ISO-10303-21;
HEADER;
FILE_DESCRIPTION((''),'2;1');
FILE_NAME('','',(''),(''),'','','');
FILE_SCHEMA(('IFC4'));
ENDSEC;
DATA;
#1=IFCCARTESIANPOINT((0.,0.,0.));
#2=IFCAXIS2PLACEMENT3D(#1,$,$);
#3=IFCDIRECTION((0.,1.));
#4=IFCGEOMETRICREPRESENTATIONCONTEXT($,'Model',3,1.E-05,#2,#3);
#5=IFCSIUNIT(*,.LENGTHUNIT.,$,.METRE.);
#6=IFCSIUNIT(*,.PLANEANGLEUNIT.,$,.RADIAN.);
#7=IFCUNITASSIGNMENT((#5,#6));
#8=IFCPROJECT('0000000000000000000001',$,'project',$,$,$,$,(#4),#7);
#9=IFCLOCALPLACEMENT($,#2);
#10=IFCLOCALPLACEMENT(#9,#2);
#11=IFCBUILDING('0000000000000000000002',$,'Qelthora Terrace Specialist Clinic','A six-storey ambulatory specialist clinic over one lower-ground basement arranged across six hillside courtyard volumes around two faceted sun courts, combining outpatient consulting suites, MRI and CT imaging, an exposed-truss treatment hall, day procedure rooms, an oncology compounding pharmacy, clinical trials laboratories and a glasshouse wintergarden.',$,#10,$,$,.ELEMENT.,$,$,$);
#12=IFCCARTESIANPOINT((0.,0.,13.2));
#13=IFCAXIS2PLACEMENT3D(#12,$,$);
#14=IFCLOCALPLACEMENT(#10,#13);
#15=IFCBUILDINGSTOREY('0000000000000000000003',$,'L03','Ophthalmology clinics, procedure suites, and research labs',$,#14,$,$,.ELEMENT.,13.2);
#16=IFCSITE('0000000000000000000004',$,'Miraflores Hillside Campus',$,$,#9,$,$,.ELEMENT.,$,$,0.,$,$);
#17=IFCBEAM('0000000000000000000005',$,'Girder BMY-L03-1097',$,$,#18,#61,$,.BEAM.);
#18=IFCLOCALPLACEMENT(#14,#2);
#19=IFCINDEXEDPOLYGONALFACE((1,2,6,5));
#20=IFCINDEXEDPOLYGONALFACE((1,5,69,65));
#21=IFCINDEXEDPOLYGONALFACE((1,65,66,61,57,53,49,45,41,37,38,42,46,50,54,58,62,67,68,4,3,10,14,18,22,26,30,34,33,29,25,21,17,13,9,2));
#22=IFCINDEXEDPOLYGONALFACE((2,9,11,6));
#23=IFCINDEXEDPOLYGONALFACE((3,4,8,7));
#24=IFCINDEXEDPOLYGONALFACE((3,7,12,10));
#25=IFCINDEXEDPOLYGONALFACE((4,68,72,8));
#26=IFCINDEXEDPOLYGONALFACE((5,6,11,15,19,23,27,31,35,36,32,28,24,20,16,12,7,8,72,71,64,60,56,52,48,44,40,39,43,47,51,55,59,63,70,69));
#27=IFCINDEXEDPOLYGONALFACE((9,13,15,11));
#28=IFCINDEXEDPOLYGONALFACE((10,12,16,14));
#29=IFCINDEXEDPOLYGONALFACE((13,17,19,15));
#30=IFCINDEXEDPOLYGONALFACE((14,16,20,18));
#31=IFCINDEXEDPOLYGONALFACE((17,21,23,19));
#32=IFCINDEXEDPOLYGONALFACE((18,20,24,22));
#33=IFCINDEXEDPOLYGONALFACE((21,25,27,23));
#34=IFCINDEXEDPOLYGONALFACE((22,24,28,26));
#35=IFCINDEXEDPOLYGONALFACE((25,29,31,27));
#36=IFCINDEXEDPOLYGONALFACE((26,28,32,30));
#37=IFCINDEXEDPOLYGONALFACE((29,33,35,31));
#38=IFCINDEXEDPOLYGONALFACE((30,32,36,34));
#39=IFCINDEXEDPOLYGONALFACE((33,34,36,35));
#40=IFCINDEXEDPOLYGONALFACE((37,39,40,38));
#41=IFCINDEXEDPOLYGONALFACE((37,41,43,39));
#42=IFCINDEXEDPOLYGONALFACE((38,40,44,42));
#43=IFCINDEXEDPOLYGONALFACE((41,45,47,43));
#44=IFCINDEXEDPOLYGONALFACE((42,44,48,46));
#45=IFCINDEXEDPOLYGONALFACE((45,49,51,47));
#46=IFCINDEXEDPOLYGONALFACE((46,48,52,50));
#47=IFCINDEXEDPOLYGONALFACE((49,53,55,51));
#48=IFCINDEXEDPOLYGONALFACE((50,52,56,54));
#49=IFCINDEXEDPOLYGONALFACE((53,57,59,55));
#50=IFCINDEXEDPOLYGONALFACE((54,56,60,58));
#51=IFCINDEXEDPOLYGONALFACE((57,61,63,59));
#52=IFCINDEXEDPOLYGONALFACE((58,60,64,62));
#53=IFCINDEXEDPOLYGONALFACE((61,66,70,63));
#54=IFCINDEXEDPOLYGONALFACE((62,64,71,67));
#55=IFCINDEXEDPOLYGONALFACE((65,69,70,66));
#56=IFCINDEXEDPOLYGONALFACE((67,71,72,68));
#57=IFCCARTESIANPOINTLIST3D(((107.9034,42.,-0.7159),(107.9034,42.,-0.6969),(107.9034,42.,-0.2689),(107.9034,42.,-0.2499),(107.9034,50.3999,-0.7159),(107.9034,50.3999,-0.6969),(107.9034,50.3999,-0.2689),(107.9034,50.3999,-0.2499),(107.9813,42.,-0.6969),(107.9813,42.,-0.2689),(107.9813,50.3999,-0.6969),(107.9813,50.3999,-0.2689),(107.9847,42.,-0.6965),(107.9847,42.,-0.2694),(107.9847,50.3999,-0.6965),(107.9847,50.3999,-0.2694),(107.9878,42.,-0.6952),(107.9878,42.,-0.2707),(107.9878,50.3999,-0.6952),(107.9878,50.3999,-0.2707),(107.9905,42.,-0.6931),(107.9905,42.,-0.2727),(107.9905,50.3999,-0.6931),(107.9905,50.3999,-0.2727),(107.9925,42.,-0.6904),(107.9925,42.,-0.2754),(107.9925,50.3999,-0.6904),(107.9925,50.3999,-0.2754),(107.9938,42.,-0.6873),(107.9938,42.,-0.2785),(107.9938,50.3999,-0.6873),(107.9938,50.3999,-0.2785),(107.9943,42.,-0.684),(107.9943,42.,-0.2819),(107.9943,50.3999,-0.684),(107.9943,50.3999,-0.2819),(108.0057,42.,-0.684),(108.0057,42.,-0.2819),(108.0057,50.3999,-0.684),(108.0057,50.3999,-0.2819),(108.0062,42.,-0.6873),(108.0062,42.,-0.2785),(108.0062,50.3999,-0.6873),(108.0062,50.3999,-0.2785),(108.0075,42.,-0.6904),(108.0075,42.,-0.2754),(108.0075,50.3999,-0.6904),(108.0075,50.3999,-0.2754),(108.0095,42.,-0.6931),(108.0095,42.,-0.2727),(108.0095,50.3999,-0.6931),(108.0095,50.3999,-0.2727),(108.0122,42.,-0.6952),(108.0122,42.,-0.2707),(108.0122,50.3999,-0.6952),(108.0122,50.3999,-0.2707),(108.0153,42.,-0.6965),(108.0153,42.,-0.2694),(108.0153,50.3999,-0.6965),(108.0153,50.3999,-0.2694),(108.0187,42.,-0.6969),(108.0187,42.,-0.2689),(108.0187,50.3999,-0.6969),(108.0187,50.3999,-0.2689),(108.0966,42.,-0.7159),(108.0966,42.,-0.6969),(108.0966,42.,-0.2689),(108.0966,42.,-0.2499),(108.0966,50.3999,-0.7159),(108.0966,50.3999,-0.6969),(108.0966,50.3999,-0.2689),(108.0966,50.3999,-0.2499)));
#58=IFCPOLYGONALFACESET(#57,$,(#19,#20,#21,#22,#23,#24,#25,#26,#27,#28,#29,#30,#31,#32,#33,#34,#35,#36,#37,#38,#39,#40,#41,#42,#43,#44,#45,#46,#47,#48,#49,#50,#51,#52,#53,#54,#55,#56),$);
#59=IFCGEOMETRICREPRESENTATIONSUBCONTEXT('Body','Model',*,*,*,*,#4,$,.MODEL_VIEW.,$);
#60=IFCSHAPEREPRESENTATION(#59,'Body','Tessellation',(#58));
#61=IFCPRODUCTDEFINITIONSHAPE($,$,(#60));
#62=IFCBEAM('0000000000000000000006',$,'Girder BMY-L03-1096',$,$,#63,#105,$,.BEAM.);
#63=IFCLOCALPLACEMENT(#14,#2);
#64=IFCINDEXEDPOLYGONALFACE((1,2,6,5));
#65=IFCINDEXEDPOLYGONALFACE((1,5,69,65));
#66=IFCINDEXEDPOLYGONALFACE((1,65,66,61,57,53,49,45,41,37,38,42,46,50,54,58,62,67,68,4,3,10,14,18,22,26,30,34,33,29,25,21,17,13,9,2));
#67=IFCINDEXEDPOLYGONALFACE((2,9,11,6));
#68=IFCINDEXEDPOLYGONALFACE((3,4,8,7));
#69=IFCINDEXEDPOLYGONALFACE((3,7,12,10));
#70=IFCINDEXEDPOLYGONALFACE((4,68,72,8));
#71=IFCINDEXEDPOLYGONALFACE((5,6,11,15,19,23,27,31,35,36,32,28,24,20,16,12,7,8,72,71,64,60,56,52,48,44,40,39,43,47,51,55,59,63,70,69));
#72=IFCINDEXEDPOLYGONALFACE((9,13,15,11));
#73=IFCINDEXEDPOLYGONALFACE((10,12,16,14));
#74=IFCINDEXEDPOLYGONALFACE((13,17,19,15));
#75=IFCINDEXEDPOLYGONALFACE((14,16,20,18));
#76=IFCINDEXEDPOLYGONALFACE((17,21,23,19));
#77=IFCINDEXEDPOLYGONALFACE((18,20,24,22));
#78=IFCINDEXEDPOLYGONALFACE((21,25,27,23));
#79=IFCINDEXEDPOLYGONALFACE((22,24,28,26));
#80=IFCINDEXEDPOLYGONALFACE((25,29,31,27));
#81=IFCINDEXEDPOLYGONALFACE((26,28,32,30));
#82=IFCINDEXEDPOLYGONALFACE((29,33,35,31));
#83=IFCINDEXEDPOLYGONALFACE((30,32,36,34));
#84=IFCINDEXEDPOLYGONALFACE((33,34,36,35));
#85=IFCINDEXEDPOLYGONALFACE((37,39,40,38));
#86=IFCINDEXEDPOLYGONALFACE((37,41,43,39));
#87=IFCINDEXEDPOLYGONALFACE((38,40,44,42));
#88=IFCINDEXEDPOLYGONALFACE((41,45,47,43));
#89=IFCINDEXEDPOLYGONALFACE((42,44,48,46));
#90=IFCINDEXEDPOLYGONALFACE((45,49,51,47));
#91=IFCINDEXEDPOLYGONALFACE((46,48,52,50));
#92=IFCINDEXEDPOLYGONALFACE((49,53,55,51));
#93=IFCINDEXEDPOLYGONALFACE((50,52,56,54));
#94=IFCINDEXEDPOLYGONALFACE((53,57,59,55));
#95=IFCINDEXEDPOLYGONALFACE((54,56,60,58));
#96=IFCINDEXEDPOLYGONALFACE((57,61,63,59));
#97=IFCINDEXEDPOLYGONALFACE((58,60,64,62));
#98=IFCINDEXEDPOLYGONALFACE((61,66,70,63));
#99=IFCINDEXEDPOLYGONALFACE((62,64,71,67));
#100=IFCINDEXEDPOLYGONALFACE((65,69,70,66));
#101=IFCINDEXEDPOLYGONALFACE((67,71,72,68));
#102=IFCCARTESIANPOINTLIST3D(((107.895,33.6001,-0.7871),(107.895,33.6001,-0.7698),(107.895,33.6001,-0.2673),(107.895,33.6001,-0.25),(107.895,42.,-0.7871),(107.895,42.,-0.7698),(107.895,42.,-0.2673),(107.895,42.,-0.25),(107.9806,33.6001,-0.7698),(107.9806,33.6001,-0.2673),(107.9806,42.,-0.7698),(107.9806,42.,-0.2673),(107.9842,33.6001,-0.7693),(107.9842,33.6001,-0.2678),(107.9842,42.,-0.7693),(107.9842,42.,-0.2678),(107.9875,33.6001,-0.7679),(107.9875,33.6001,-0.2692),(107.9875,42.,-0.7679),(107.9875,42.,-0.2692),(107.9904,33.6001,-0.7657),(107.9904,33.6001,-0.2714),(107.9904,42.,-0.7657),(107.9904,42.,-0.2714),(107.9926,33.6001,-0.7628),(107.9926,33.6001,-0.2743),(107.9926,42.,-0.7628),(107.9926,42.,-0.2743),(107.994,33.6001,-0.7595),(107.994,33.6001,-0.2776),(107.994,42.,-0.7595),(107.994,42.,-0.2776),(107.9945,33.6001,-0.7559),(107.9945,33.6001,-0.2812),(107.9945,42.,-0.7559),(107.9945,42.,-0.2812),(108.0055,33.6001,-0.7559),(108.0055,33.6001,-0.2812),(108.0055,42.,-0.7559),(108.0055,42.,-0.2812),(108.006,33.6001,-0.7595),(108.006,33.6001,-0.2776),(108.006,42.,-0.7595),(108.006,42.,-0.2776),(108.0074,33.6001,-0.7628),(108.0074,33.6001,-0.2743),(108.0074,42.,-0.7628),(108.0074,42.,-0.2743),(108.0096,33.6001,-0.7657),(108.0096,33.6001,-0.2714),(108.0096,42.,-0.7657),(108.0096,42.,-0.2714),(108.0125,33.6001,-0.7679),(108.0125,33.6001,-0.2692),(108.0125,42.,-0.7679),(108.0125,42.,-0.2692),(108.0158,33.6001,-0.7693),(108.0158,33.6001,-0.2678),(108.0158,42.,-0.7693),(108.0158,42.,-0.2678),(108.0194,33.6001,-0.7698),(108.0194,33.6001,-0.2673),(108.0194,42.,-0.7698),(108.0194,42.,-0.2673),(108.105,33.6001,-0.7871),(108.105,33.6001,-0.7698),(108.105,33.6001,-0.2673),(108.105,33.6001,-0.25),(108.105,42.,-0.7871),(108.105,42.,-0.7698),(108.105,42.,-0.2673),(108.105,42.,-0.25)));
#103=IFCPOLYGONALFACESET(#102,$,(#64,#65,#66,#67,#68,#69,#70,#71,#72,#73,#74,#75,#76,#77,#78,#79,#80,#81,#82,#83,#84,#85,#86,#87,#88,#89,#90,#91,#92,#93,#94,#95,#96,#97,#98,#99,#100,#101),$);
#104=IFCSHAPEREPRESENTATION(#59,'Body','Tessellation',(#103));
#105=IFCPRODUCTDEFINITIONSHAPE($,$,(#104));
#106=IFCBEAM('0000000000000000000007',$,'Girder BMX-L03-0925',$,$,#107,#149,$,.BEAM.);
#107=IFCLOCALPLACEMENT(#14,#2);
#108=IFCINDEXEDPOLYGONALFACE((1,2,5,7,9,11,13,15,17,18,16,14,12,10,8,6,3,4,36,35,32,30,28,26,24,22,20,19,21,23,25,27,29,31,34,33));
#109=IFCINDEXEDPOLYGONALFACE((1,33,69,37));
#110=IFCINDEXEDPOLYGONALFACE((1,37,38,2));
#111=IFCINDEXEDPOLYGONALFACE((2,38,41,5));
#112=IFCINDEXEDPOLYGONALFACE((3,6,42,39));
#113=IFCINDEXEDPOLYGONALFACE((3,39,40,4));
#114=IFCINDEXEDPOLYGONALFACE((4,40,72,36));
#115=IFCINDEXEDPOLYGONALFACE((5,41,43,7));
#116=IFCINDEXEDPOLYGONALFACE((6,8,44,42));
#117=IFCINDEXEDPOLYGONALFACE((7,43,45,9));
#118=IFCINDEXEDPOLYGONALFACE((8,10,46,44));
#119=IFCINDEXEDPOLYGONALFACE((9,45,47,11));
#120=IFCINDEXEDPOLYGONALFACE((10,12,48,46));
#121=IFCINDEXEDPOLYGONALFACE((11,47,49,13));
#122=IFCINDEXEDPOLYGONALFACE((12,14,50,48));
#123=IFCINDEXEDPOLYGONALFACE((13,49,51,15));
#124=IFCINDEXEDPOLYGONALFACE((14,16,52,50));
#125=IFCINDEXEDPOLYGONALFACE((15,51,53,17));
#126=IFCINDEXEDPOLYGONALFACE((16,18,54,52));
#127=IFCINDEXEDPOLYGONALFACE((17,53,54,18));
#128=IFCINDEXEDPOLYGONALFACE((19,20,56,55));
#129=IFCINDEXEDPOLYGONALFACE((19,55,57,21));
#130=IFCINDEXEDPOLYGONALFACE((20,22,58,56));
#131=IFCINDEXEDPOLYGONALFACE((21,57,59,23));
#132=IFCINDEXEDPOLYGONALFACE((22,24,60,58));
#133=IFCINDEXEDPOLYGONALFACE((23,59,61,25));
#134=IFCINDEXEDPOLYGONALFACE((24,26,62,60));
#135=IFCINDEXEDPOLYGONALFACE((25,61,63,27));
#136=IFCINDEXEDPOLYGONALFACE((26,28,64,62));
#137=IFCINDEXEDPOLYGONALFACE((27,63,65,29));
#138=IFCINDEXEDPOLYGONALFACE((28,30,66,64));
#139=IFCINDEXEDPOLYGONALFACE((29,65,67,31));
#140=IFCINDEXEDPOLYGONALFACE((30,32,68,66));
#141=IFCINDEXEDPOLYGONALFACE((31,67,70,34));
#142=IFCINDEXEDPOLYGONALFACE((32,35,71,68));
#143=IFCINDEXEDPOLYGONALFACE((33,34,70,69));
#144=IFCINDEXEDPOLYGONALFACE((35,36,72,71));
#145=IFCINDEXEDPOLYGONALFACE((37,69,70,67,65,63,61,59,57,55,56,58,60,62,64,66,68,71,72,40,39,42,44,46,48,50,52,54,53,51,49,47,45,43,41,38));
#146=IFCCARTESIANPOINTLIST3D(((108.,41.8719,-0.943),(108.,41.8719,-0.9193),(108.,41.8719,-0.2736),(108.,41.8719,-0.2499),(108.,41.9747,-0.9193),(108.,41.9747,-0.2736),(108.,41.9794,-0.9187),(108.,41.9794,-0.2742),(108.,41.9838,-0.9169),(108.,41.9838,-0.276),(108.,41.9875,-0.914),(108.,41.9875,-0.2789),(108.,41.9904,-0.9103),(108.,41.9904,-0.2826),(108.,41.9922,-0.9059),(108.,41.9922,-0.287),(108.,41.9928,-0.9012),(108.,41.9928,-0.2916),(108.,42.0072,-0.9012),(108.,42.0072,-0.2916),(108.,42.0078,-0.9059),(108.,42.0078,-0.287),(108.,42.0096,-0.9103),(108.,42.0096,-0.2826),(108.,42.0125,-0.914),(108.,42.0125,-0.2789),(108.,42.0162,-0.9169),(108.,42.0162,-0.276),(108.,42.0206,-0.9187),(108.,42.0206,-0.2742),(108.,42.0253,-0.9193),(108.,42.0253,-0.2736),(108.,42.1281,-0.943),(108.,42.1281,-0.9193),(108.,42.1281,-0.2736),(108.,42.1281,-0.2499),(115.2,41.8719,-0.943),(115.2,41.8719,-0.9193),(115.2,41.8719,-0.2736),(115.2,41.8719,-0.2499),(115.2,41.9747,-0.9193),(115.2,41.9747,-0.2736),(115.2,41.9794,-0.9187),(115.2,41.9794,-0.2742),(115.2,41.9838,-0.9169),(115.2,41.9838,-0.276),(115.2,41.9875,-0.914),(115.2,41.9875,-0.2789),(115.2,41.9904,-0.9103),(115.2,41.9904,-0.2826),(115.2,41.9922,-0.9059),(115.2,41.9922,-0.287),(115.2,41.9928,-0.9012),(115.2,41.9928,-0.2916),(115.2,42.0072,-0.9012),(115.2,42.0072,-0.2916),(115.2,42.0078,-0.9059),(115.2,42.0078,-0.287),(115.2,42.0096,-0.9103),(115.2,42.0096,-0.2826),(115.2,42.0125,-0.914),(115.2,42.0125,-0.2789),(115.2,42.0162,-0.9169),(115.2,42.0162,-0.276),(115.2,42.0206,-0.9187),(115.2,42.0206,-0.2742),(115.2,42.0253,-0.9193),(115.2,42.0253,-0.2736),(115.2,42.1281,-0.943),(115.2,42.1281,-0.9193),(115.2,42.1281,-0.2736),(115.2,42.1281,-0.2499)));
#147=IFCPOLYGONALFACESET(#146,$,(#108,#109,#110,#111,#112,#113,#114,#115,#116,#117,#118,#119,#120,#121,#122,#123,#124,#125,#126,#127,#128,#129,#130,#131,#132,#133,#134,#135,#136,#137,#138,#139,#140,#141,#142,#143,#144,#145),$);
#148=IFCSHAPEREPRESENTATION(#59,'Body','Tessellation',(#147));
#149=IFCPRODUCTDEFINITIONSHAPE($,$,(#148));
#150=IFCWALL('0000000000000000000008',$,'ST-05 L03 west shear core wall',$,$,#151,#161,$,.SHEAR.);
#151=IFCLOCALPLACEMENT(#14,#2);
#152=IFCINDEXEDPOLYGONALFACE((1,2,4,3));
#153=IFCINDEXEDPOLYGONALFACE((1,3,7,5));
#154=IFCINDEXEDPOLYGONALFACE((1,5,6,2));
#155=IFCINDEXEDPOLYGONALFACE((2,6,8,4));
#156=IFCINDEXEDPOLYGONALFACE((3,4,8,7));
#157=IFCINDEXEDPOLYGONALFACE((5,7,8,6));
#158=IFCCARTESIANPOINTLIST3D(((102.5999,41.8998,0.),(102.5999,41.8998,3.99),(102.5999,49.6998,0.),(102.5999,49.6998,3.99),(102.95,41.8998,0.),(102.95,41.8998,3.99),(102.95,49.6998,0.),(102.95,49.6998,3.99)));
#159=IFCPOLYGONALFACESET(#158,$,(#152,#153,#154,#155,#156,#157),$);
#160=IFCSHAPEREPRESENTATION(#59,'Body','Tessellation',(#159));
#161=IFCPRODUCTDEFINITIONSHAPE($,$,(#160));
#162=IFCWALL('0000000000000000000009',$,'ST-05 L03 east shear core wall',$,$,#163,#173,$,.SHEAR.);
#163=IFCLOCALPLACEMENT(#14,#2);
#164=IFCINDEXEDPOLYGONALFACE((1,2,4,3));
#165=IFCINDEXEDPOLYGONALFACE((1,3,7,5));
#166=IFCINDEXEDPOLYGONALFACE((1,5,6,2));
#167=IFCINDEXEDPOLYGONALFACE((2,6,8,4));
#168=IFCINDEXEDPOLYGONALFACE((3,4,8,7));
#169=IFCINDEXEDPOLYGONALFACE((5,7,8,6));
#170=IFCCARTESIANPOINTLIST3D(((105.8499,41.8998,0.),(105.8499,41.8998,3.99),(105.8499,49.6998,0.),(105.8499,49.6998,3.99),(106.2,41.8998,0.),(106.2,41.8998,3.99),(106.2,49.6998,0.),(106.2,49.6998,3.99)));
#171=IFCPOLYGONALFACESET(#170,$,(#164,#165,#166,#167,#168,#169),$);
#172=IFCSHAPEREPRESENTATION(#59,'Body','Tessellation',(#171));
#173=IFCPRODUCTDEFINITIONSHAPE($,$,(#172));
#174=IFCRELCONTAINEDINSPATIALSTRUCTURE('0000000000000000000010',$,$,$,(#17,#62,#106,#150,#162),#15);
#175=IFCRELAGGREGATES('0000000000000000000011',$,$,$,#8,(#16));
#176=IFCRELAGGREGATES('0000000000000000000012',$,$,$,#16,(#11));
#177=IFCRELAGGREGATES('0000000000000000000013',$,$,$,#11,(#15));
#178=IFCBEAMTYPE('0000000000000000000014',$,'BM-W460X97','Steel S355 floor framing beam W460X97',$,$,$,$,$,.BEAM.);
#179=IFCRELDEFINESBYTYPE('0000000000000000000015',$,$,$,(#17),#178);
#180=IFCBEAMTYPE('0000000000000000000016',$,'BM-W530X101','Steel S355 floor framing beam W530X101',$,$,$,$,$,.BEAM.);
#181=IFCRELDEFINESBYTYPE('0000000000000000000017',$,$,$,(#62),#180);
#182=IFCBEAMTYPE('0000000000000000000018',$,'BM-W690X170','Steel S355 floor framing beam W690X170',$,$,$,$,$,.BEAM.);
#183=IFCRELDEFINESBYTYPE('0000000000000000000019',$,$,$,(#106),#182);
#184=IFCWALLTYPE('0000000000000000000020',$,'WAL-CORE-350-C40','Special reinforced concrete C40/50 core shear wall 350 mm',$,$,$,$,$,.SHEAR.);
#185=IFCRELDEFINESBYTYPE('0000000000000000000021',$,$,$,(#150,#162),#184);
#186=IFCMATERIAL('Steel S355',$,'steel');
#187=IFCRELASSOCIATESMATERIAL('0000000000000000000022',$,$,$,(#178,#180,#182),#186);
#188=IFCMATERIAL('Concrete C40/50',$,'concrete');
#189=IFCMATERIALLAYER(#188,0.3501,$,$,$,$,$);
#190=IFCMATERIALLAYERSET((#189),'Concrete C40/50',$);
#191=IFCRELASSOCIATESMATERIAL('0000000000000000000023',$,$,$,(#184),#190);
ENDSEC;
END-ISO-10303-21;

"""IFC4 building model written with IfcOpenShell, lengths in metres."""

from ifc_helpers import new_model, si_unit, direction, frame, frame_2d, origin, origin_2d, place, context, subcontext, project, spatial, rectangle, i_section, extrude, material, layer, layer_set, material_profile, profile_set, type_object, element, save


model = new_model("IFC4")

# Units and contexts
model_context = context("Model", 3, precision=1e-05, world=origin(), true_north=direction((0.0, 1.0)))
body_context = subcontext(model_context, "Body", "Model", "MODEL_VIEW")
ifc_project = project(units=[si_unit("LENGTHUNIT", "METRE"), si_unit("PLANEANGLEUNIT", "RADIAN")], contexts=[model_context])

# Site, building, storey
site_placement = place(None, origin())
site = spatial("IfcSite", under=ifc_project, at=site_placement, Name="Miraflores Hillside Campus", CompositionType="ELEMENT", RefElevation=0.0)
building_placement = place(site_placement, origin())
building = spatial("IfcBuilding", under=site, at=building_placement, Name="Qelthora Terrace Specialist Clinic", Description="A six-storey ambulatory specialist clinic over one lower-ground basement arranged across six hillside courtyard volumes around two faceted sun courts, combining outpatient consulting suites, MRI and CT imaging, an exposed-truss treatment hall, day procedure rooms, an oncology compounding pharmacy, clinical trials laboratories and a glasshouse wintergarden.", CompositionType="ELEMENT")
storey_placement = place(building_placement, frame((0.0, 0.0, 13.2)))
storey = spatial("IfcBuildingStorey", under=building, at=storey_placement, Name="L03", Description="Ophthalmology clinics, procedure suites, and research labs", CompositionType="ELEMENT", Elevation=13.2)

# Shared definitions
ifc_material_1 = material(Name="Steel S355", Category="steel")

# Beams
ifc_material_profile_1 = material_profile(ifc_material_1, i_section(OverallWidth=0.1931, OverallDepth=0.4661, WebThickness=0.0115, FlangeThickness=0.019, FilletRadius=0.0129, at=origin_2d()), Name="W460X97")
ifc_profile_set_1 = profile_set([ifc_material_profile_1], Name="Steel S355")
beam_type_1 = type_object("IfcBeamType", Name="BM-W460X97", Description="Steel S355 floor framing beam W460X97", PredefinedType="BEAM", material=ifc_profile_set_1)
beam_1_placement = place(storey_placement, frame((108.0, 42.0, -0.4829), z_axis=(0.0, 1.0, 0.0), x_axis=(-1.0, 0.0, 0.0)))
element("IfcBeam", 1, at=beam_1_placement, inside=storey, type_object=beam_type_1, Name="Girder BMY-L03-1097", PredefinedType="BEAM", context=body_context, shape_type="SweptSolid", body=[
    extrude(i_section(OverallWidth=0.1931, OverallDepth=0.4661, WebThickness=0.0115, FlangeThickness=0.019, FilletRadius=0.0129, at=origin_2d()), origin(), (0.0, 0.0, 1.0), 8.3999),
])
ifc_material_profile_2 = material_profile(ifc_material_1, i_section(OverallWidth=0.21, OverallDepth=0.5371, WebThickness=0.011, FlangeThickness=0.0173, FilletRadius=0.0139, at=origin_2d()), Name="W530X101")
ifc_profile_set_2 = profile_set([ifc_material_profile_2], Name="Steel S355")
beam_type_2 = type_object("IfcBeamType", Name="BM-W530X101", Description="Steel S355 floor framing beam W530X101", PredefinedType="BEAM", material=ifc_profile_set_2)
beam_2_placement = place(storey_placement, frame((108.0, 33.6001, -0.5186), z_axis=(0.0, 1.0, 0.0), x_axis=(-1.0, 0.0, 0.0)))
element("IfcBeam", 2, at=beam_2_placement, inside=storey, type_object=beam_type_2, Name="Girder BMY-L03-1096", PredefinedType="BEAM", context=body_context, shape_type="SweptSolid", body=[
    extrude(i_section(OverallWidth=0.21, OverallDepth=0.5371, WebThickness=0.011, FlangeThickness=0.0173, FilletRadius=0.0139, at=origin_2d()), origin(), (0.0, 0.0, 1.0), 8.3999),
])
ifc_material_profile_3 = material_profile(ifc_material_1, i_section(OverallWidth=0.2561, OverallDepth=0.6931, WebThickness=0.0144, FlangeThickness=0.0237, FilletRadius=0.0181, at=origin_2d()), Name="W690X170")
ifc_profile_set_3 = profile_set([ifc_material_profile_3], Name="Steel S355")
beam_type_3 = type_object("IfcBeamType", Name="BM-W690X170", Description="Steel S355 floor framing beam W690X170", PredefinedType="BEAM", material=ifc_profile_set_3)
beam_3_placement = place(storey_placement, frame((108.0, 42.0, -0.5964), z_axis=(1.0, 0.0, 0.0), x_axis=(0.0, 1.0, 0.0)))
element("IfcBeam", 3, at=beam_3_placement, inside=storey, type_object=beam_type_3, Name="Girder BMX-L03-0925", PredefinedType="BEAM", context=body_context, shape_type="SweptSolid", body=[
    extrude(i_section(OverallWidth=0.2561, OverallDepth=0.6931, WebThickness=0.0144, FlangeThickness=0.0237, FilletRadius=0.0181, at=origin_2d()), origin(), (0.0, 0.0, 1.0), 7.2),
])

# Walls
ifc_material_2 = material(Name="Concrete C40/50", Category="concrete")
ifc_layer_1 = layer(ifc_material_2, 0.3501)
ifc_layer_set_1 = layer_set([ifc_layer_1], Name="Concrete C40/50")
wall_type_1 = type_object("IfcWallType", Name="WAL-CORE-350-C40", Description="Special reinforced concrete C40/50 core shear wall 350 mm", PredefinedType="SHEAR", material=ifc_layer_set_1)
for number, where, z_axis, x_axis, name in (
    (4, (102.7749, 41.8999, 0.0), (0.0, 0.0, 1.0), (0.0, 1.0, 0.0), "ST-05 L03 west shear core wall"),
    (5, (106.0249, 41.8999, 0.0), (0.0, 0.0, 1.0), (0.0, 1.0, 0.0), "ST-05 L03 east shear core wall"),
):
    element("IfcWall", number, at=place(storey_placement, frame(where, z_axis=z_axis, x_axis=x_axis)), inside=storey, type_object=wall_type_1, Name=name, PredefinedType="SHEAR", context=body_context, shape_type="SweptSolid", body=[
        extrude(rectangle(XDim=7.8, YDim=0.3501, at=frame_2d((3.8999, 0.0))), origin(), (0.0, 0.0, 1.0), 3.99),
    ])

save(model, "model.ifc")
